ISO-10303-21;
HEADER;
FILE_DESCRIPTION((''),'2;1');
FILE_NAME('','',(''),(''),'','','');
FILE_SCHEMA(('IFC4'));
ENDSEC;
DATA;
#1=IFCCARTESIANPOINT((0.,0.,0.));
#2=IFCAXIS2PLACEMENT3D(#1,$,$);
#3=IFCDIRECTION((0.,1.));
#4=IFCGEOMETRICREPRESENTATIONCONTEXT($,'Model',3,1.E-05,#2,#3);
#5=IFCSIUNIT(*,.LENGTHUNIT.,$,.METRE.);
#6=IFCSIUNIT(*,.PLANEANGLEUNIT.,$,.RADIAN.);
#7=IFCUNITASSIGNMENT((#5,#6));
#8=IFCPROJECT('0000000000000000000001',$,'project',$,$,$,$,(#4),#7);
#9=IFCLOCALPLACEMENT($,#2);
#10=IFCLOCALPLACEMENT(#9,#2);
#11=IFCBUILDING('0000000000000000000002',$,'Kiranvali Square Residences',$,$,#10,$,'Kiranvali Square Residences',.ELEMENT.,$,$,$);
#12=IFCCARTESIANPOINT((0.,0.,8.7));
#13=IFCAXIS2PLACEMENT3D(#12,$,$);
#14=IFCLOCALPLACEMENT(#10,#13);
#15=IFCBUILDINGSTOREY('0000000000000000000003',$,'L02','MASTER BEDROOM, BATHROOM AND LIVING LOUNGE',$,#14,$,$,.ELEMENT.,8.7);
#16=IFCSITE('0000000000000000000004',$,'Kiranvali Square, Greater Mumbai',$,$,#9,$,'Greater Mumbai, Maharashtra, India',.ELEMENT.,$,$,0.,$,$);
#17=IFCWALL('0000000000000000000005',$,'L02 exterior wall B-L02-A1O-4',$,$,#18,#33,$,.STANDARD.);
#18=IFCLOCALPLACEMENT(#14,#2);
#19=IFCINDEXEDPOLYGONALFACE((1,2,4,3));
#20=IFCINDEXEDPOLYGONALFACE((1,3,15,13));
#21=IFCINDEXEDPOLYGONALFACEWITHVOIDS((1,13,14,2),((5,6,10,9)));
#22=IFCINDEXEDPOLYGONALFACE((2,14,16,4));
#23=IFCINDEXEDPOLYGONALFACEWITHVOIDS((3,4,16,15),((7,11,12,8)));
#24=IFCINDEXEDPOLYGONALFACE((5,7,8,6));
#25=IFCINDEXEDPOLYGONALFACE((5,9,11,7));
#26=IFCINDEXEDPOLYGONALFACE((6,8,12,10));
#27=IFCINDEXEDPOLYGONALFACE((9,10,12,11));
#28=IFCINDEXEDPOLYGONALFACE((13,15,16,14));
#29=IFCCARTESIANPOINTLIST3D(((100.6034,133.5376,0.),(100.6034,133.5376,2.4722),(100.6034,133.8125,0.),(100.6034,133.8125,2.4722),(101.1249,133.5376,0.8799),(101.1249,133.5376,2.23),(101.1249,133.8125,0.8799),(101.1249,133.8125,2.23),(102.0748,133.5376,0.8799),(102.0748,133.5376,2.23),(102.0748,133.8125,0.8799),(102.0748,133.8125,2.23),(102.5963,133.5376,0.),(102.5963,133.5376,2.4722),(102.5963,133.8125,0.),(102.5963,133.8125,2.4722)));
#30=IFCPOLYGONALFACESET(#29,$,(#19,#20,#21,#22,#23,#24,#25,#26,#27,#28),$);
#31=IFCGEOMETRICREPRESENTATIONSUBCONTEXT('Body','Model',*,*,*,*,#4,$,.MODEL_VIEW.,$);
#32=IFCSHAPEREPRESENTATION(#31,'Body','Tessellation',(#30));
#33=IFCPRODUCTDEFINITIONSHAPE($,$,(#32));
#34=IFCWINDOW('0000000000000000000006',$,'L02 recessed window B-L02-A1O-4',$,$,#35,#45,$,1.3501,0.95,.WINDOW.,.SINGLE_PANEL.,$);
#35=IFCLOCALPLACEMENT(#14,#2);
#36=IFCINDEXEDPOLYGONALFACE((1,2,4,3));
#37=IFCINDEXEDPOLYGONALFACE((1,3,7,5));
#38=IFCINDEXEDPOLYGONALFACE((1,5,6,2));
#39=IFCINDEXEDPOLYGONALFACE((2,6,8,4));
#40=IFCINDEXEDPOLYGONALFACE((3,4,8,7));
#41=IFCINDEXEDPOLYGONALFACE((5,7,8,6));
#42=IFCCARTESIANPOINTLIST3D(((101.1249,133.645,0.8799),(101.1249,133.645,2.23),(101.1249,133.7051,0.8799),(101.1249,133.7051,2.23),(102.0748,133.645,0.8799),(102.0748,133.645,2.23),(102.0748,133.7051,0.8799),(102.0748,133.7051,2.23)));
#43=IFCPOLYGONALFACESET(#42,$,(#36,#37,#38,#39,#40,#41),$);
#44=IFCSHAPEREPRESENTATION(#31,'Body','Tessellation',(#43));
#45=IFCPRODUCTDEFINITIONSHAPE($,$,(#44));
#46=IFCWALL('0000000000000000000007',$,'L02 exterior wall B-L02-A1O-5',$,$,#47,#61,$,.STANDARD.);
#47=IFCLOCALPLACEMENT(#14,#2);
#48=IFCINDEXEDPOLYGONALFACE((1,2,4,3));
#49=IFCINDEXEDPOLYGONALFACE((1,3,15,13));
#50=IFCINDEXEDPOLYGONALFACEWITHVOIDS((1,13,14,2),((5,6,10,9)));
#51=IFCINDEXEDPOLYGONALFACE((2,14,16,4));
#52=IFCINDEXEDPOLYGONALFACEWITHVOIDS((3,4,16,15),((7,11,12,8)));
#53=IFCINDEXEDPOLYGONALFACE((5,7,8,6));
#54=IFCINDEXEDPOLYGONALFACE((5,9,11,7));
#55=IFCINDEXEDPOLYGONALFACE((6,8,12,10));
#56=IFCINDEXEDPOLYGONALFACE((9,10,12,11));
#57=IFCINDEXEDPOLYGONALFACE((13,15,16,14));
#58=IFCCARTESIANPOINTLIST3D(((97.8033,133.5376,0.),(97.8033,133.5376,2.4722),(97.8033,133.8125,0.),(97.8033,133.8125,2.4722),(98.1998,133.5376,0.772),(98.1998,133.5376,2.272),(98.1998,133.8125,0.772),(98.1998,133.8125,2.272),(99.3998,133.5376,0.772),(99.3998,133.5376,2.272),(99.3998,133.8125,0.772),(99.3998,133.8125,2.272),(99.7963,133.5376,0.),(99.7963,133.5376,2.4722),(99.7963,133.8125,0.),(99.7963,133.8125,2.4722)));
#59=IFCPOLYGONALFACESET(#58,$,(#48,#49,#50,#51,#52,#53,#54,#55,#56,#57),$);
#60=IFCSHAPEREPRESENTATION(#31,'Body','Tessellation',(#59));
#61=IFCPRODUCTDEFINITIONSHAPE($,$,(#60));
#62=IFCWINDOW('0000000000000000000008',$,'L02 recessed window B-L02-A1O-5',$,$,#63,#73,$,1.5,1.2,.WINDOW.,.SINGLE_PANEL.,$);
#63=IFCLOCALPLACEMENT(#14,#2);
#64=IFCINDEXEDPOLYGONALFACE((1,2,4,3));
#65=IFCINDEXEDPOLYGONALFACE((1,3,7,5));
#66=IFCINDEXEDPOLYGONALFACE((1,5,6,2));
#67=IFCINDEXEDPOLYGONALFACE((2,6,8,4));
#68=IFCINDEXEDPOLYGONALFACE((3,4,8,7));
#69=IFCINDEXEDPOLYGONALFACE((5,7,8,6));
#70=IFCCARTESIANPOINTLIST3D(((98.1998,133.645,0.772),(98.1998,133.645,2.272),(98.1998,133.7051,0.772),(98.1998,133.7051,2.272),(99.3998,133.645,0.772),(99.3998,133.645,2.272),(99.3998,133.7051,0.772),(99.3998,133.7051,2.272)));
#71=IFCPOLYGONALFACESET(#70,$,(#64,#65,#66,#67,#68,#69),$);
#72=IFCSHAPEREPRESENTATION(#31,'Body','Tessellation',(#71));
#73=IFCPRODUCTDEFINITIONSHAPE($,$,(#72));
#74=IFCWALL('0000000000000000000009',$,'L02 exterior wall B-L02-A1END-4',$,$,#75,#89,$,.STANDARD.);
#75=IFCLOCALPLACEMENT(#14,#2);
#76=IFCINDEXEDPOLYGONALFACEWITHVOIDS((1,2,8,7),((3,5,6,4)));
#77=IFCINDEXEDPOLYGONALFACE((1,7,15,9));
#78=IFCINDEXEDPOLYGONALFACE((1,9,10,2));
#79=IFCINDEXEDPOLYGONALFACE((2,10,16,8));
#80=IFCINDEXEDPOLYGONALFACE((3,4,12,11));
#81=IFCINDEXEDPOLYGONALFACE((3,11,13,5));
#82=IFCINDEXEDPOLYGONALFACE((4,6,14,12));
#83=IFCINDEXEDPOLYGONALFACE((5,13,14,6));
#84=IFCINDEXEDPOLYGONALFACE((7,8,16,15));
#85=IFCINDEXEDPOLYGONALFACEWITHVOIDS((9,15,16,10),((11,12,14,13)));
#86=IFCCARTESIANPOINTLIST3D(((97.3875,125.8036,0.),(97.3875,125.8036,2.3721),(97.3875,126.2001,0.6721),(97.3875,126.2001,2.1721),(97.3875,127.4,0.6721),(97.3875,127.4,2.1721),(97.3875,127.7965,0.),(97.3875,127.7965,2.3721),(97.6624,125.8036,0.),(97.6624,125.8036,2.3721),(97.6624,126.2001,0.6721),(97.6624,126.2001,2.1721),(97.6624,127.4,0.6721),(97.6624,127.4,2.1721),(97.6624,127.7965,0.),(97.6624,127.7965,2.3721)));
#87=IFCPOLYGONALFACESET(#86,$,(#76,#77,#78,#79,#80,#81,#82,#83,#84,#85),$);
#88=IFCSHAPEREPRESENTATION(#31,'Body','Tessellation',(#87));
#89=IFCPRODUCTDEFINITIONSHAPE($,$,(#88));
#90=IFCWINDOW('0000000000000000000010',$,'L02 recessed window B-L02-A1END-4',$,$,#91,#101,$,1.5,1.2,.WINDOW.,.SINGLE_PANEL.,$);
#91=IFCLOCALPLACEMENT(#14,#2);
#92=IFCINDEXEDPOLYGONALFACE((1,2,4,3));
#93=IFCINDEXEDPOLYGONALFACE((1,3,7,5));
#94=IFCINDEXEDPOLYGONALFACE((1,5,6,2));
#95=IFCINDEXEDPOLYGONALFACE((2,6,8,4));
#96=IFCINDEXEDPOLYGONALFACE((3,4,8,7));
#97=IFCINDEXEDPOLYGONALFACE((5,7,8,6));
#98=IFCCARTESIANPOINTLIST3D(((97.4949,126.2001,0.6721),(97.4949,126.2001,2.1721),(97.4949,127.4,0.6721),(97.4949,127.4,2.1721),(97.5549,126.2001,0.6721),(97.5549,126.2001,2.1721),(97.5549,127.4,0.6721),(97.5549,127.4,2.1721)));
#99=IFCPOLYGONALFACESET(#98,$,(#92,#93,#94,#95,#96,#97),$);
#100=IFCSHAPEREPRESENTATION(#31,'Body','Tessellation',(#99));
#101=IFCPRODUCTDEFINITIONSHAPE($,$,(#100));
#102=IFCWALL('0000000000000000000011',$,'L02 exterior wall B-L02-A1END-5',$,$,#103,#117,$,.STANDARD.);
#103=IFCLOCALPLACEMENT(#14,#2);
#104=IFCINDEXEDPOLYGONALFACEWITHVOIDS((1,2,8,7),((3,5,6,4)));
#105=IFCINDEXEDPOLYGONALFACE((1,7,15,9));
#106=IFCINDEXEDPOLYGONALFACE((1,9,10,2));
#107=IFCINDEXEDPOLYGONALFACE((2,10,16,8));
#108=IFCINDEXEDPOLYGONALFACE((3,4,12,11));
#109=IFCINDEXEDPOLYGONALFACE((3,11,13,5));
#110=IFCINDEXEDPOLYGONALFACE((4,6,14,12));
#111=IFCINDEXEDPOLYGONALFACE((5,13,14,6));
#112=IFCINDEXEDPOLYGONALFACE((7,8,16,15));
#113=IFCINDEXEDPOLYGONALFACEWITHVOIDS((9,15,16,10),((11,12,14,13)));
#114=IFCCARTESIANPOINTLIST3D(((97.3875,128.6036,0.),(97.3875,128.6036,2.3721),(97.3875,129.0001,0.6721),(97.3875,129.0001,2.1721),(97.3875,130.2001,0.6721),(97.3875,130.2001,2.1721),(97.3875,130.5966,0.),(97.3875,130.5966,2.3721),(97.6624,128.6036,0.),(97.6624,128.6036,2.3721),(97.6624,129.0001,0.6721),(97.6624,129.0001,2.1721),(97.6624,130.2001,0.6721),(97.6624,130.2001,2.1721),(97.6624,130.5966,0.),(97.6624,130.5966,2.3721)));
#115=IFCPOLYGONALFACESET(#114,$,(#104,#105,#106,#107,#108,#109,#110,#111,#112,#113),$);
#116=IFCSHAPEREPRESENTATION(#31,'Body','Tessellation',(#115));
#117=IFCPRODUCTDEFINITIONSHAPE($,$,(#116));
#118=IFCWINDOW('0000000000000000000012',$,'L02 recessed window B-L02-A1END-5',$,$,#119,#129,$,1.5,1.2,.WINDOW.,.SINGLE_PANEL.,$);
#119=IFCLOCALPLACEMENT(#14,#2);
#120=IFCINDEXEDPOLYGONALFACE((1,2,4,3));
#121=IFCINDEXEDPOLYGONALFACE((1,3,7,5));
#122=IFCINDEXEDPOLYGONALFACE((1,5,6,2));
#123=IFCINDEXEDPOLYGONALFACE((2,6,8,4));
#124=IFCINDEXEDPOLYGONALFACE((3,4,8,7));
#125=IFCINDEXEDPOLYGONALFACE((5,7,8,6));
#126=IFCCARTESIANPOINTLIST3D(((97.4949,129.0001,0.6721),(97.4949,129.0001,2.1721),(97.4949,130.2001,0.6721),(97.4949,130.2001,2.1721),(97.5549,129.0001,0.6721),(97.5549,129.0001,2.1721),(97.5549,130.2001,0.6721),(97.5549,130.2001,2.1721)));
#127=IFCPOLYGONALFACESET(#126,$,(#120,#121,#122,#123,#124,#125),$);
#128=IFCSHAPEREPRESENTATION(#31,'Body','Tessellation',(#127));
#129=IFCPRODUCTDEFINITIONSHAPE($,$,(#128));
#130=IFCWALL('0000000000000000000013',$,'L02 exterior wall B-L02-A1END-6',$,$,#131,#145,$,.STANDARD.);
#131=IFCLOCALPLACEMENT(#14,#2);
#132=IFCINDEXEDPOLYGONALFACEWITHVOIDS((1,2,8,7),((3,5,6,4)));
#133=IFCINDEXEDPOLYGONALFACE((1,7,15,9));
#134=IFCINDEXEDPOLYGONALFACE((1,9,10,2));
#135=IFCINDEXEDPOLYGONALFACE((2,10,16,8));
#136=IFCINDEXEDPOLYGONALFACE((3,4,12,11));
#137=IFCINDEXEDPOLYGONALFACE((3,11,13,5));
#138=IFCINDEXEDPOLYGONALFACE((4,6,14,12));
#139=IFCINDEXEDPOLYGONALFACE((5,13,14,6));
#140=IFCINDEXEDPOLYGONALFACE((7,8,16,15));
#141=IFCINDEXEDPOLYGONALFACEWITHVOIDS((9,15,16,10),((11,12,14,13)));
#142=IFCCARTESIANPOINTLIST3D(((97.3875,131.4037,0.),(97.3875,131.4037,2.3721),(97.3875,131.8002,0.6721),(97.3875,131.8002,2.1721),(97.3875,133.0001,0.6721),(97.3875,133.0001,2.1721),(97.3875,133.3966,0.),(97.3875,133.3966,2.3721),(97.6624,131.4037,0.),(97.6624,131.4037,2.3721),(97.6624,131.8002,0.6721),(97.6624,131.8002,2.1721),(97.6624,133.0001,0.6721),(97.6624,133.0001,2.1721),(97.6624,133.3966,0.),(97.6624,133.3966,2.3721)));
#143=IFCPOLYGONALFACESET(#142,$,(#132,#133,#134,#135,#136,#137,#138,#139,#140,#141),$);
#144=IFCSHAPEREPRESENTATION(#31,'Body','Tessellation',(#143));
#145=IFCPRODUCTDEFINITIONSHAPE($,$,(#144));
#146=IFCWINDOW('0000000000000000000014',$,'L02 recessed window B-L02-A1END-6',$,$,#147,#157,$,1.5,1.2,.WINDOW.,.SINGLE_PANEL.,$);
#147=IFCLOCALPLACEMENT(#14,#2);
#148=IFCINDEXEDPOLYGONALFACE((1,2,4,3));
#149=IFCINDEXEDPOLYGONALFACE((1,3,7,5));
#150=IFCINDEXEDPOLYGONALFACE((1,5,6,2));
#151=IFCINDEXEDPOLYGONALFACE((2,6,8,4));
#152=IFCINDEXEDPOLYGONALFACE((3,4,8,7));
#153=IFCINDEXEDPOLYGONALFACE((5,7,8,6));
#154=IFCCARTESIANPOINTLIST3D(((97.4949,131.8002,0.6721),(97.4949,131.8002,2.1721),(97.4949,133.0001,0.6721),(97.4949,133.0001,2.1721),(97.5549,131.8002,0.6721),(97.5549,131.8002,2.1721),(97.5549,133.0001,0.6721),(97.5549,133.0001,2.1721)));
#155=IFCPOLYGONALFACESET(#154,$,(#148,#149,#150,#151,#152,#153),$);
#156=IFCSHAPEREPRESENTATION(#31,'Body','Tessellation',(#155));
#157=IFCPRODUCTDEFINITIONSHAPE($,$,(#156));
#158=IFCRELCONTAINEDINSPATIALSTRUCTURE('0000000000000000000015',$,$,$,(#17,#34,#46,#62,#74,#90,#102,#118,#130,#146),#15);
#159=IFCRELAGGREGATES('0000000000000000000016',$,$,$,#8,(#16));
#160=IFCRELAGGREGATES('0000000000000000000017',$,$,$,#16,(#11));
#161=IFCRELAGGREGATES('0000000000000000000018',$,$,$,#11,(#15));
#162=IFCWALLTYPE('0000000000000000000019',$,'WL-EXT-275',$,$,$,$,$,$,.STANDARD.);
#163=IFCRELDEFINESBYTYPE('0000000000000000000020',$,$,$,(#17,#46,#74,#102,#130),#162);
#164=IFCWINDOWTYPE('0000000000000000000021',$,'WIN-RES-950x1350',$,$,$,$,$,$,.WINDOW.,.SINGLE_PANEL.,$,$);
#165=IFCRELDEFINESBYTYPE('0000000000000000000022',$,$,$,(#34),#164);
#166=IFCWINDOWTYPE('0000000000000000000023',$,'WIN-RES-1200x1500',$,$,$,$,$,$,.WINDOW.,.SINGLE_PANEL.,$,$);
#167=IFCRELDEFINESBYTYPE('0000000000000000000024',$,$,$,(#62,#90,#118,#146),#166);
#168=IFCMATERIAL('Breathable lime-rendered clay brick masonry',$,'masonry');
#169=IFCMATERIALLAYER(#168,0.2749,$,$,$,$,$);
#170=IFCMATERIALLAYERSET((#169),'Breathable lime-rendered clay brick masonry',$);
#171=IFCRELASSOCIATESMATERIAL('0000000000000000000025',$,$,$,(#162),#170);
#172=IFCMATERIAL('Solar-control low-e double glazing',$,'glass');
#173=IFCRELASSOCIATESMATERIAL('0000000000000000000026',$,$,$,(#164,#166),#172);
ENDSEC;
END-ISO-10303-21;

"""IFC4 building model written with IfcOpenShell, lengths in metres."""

from ifc_helpers import new_model, si_unit, direction, frame, frame_2d, origin, place, context, subcontext, project, spatial, rectangle, extrude, material, layer, layer_set, type_object, element, fill, save


model = new_model("IFC4")

# Units and contexts
model_context = context("Model", 3, precision=1e-05, world=origin(), true_north=direction((0.0, 1.0)))
body_context = subcontext(model_context, "Body", "Model", "MODEL_VIEW")
ifc_project = project(units=[si_unit("LENGTHUNIT", "METRE"), si_unit("PLANEANGLEUNIT", "RADIAN")], contexts=[model_context])

# Site, building, storey
site_placement = place(None, origin())
site = spatial("IfcSite", under=ifc_project, at=site_placement, Name="Kiranvali Square, Greater Mumbai", LongName="Greater Mumbai, Maharashtra, India", CompositionType="ELEMENT", RefElevation=0.0)
building_placement = place(site_placement, origin())
building = spatial("IfcBuilding", under=site, at=building_placement, Name="Kiranvali Square Residences", LongName="Kiranvali Square Residences", CompositionType="ELEMENT")
storey_placement = place(building_placement, frame((0.0, 0.0, 8.7)))
storey = spatial("IfcBuildingStorey", under=building, at=storey_placement, Name="L02", Description="MASTER BEDROOM, BATHROOM AND LIVING LOUNGE", CompositionType="ELEMENT", Elevation=8.7)

# Walls, openings, windows
ifc_material_1 = material(Name="Breathable lime-rendered clay brick masonry", Category="masonry")
ifc_layer = layer(ifc_material_1, 0.2749)
ifc_layer_set = layer_set([ifc_layer], Name="Breathable lime-rendered clay brick masonry")
wall_type = type_object("IfcWallType", Name="WL-EXT-275", PredefinedType="STANDARD", material=ifc_layer_set)
wall_1_placement = place(storey_placement, frame((102.5964, 133.675, 0.0), z_axis=(0.0, 0.0, 1.0), x_axis=(-1.0, 0.0, 0.0)))
wall_1 = element("IfcWall", 1, at=wall_1_placement, inside=storey, type_object=wall_type, Name="L02 exterior wall B-L02-A1O-4", PredefinedType="STANDARD", context=body_context, shape_type="SweptSolid", body=[
    extrude(rectangle(XDim=1.9929, YDim=0.2749, at=frame_2d((0.9966, 0.0))), origin(), (0.0, 0.0, 1.0), 2.4722),
])
opening_1_placement = place(wall_1_placement, frame((0.5215, 0.0, 0.8799)))
opening_1 = element("IfcOpeningElement", 2, at=opening_1_placement, cuts=wall_1, PredefinedType="OPENING", context=body_context, shape_type="SweptSolid", body=[
    extrude(rectangle(XDim=0.95, YDim=1.3501, at=frame_2d((0.4751, 0.675))), frame((0.0, 0.1475, 0.0), z_axis=(0.0, -1.0, 0.0), x_axis=(1.0, 0.0, 0.0)), (0.0, 0.0, 1.0), 0.2949),
])
ifc_material_2 = material(Name="Solar-control low-e double glazing", Category="glass")
window_type_1 = type_object("IfcWindowType", Name="WIN-RES-950x1350", PartitioningType="SINGLE_PANEL", PredefinedType="WINDOW", material=ifc_material_2)
window_1_placement = place(opening_1_placement, origin())
window_1 = element("IfcWindow", 3, at=window_1_placement, inside=storey, type_object=window_type_1, Name="L02 recessed window B-L02-A1O-4", OverallHeight=1.3501, OverallWidth=0.95, PartitioningType="SINGLE_PANEL", PredefinedType="WINDOW", context=body_context, shape_type="SweptSolid", body=[
    extrude(rectangle(XDim=0.95, YDim=1.3501, at=frame_2d((0.4751, 0.675))), frame((0.0, 0.03, 0.0), z_axis=(0.0, -1.0, 0.0), x_axis=(1.0, 0.0, 0.0)), (0.0, 0.0, 1.0), 0.0601),
])
fill(opening_1, window_1)
wall_2_placement = place(storey_placement, frame((99.7964, 133.675, 0.0), z_axis=(0.0, 0.0, 1.0), x_axis=(-1.0, 0.0, 0.0)))
wall_2 = element("IfcWall", 4, at=wall_2_placement, inside=storey, type_object=wall_type, Name="L02 exterior wall B-L02-A1O-5", PredefinedType="STANDARD", context=body_context, shape_type="SweptSolid", body=[
    extrude(rectangle(XDim=1.9929, YDim=0.2749, at=frame_2d((0.9966, 0.0))), origin(), (0.0, 0.0, 1.0), 2.4722),
])
opening_2_placement = place(wall_2_placement, frame((0.3965, 0.0, 0.772)))
opening_2 = element("IfcOpeningElement", 5, at=opening_2_placement, cuts=wall_2, PredefinedType="OPENING", context=body_context, shape_type="SweptSolid", body=[
    extrude(rectangle(XDim=1.2, YDim=1.5, at=frame_2d((0.6001, 0.75))), frame((0.0, 0.1475, 0.0), z_axis=(0.0, -1.0, 0.0), x_axis=(1.0, 0.0, 0.0)), (0.0, 0.0, 1.0), 0.2949),
])
window_type_2 = type_object("IfcWindowType", Name="WIN-RES-1200x1500", PartitioningType="SINGLE_PANEL", PredefinedType="WINDOW", material=ifc_material_2)
window_2_placement = place(opening_2_placement, origin())
window_2 = element("IfcWindow", 6, at=window_2_placement, inside=storey, type_object=window_type_2, Name="L02 recessed window B-L02-A1O-5", OverallHeight=1.5, OverallWidth=1.2, PartitioningType="SINGLE_PANEL", PredefinedType="WINDOW", context=body_context, shape_type="SweptSolid", body=[
    extrude(rectangle(XDim=1.2, YDim=1.5, at=frame_2d((0.6001, 0.75))), frame((0.0, 0.03, 0.0), z_axis=(0.0, -1.0, 0.0), x_axis=(1.0, 0.0, 0.0)), (0.0, 0.0, 1.0), 0.0601),
])
fill(opening_2, window_2)
wall_3_placement = place(storey_placement, frame((97.5249, 125.8035, 0.0), z_axis=(0.0, 0.0, 1.0), x_axis=(0.0, 1.0, 0.0)))
wall_3 = element("IfcWall", 7, at=wall_3_placement, inside=storey, type_object=wall_type, Name="L02 exterior wall B-L02-A1END-4", PredefinedType="STANDARD", context=body_context, shape_type="SweptSolid", body=[
    extrude(rectangle(XDim=1.9929, YDim=0.2749, at=frame_2d((0.9966, 0.0))), origin(), (0.0, 0.0, 1.0), 2.3721),
])
opening_3_placement = place(wall_3_placement, frame((0.3965, 0.0, 0.6721)))
opening_3 = element("IfcOpeningElement", 8, at=opening_3_placement, cuts=wall_3, PredefinedType="OPENING", context=body_context, shape_type="SweptSolid", body=[
    extrude(rectangle(XDim=1.2, YDim=1.5, at=frame_2d((0.6001, 0.75))), frame((0.0, 0.1475, 0.0), z_axis=(0.0, -1.0, 0.0), x_axis=(1.0, 0.0, 0.0)), (0.0, 0.0, 1.0), 0.2949),
])
window_3_placement = place(opening_3_placement, origin())
window_3 = element("IfcWindow", 9, at=window_3_placement, inside=storey, type_object=window_type_2, Name="L02 recessed window B-L02-A1END-4", OverallHeight=1.5, OverallWidth=1.2, PartitioningType="SINGLE_PANEL", PredefinedType="WINDOW", context=body_context, shape_type="SweptSolid", body=[
    extrude(rectangle(XDim=1.2, YDim=1.5, at=frame_2d((0.6001, 0.75))), frame((0.0, 0.03, 0.0), z_axis=(0.0, -1.0, 0.0), x_axis=(1.0, 0.0, 0.0)), (0.0, 0.0, 1.0), 0.0601),
])
fill(opening_3, window_3)
wall_4_placement = place(storey_placement, frame((97.5249, 128.6035, 0.0), z_axis=(0.0, 0.0, 1.0), x_axis=(0.0, 1.0, 0.0)))
wall_4 = element("IfcWall", 10, at=wall_4_placement, inside=storey, type_object=wall_type, Name="L02 exterior wall B-L02-A1END-5", PredefinedType="STANDARD", context=body_context, shape_type="SweptSolid", body=[
    extrude(rectangle(XDim=1.9929, YDim=0.2749, at=frame_2d((0.9966, 0.0))), origin(), (0.0, 0.0, 1.0), 2.3721),
])
opening_4_placement = place(wall_4_placement, frame((0.3965, 0.0, 0.6721)))
opening_4 = element("IfcOpeningElement", 11, at=opening_4_placement, cuts=wall_4, PredefinedType="OPENING", context=body_context, shape_type="SweptSolid", body=[
    extrude(rectangle(XDim=1.2, YDim=1.5, at=frame_2d((0.6001, 0.75))), frame((0.0, 0.1475, 0.0), z_axis=(0.0, -1.0, 0.0), x_axis=(1.0, 0.0, 0.0)), (0.0, 0.0, 1.0), 0.2949),
])
window_4_placement = place(opening_4_placement, origin())
window_4 = element("IfcWindow", 12, at=window_4_placement, inside=storey, type_object=window_type_2, Name="L02 recessed window B-L02-A1END-5", OverallHeight=1.5, OverallWidth=1.2, PartitioningType="SINGLE_PANEL", PredefinedType="WINDOW", context=body_context, shape_type="SweptSolid", body=[
    extrude(rectangle(XDim=1.2, YDim=1.5, at=frame_2d((0.6001, 0.75))), frame((0.0, 0.03, 0.0), z_axis=(0.0, -1.0, 0.0), x_axis=(1.0, 0.0, 0.0)), (0.0, 0.0, 1.0), 0.0601),
])
fill(opening_4, window_4)
wall_5_placement = place(storey_placement, frame((97.5249, 131.4036, 0.0), z_axis=(0.0, 0.0, 1.0), x_axis=(0.0, 1.0, 0.0)))
wall_5 = element("IfcWall", 13, at=wall_5_placement, inside=storey, type_object=wall_type, Name="L02 exterior wall B-L02-A1END-6", PredefinedType="STANDARD", context=body_context, shape_type="SweptSolid", body=[
    extrude(rectangle(XDim=1.9929, YDim=0.2749, at=frame_2d((0.9966, 0.0))), origin(), (0.0, 0.0, 1.0), 2.3721),
])
opening_5_placement = place(wall_5_placement, frame((0.3965, 0.0, 0.6721)))
opening_5 = element("IfcOpeningElement", 14, at=opening_5_placement, cuts=wall_5, PredefinedType="OPENING", context=body_context, shape_type="SweptSolid", body=[
    extrude(rectangle(XDim=1.2, YDim=1.5, at=frame_2d((0.6001, 0.75))), frame((0.0, 0.1475, 0.0), z_axis=(0.0, -1.0, 0.0), x_axis=(1.0, 0.0, 0.0)), (0.0, 0.0, 1.0), 0.2949),
])
window_5_placement = place(opening_5_placement, origin())
window_5 = element("IfcWindow", 15, at=window_5_placement, inside=storey, type_object=window_type_2, Name="L02 recessed window B-L02-A1END-6", OverallHeight=1.5, OverallWidth=1.2, PartitioningType="SINGLE_PANEL", PredefinedType="WINDOW", context=body_context, shape_type="SweptSolid", body=[
    extrude(rectangle(XDim=1.2, YDim=1.5, at=frame_2d((0.6001, 0.75))), frame((0.0, 0.03, 0.0), z_axis=(0.0, -1.0, 0.0), x_axis=(1.0, 0.0, 0.0)), (0.0, 0.0, 1.0), 0.0601),
])
fill(opening_5, window_5)

save(model, "model.ifc")
